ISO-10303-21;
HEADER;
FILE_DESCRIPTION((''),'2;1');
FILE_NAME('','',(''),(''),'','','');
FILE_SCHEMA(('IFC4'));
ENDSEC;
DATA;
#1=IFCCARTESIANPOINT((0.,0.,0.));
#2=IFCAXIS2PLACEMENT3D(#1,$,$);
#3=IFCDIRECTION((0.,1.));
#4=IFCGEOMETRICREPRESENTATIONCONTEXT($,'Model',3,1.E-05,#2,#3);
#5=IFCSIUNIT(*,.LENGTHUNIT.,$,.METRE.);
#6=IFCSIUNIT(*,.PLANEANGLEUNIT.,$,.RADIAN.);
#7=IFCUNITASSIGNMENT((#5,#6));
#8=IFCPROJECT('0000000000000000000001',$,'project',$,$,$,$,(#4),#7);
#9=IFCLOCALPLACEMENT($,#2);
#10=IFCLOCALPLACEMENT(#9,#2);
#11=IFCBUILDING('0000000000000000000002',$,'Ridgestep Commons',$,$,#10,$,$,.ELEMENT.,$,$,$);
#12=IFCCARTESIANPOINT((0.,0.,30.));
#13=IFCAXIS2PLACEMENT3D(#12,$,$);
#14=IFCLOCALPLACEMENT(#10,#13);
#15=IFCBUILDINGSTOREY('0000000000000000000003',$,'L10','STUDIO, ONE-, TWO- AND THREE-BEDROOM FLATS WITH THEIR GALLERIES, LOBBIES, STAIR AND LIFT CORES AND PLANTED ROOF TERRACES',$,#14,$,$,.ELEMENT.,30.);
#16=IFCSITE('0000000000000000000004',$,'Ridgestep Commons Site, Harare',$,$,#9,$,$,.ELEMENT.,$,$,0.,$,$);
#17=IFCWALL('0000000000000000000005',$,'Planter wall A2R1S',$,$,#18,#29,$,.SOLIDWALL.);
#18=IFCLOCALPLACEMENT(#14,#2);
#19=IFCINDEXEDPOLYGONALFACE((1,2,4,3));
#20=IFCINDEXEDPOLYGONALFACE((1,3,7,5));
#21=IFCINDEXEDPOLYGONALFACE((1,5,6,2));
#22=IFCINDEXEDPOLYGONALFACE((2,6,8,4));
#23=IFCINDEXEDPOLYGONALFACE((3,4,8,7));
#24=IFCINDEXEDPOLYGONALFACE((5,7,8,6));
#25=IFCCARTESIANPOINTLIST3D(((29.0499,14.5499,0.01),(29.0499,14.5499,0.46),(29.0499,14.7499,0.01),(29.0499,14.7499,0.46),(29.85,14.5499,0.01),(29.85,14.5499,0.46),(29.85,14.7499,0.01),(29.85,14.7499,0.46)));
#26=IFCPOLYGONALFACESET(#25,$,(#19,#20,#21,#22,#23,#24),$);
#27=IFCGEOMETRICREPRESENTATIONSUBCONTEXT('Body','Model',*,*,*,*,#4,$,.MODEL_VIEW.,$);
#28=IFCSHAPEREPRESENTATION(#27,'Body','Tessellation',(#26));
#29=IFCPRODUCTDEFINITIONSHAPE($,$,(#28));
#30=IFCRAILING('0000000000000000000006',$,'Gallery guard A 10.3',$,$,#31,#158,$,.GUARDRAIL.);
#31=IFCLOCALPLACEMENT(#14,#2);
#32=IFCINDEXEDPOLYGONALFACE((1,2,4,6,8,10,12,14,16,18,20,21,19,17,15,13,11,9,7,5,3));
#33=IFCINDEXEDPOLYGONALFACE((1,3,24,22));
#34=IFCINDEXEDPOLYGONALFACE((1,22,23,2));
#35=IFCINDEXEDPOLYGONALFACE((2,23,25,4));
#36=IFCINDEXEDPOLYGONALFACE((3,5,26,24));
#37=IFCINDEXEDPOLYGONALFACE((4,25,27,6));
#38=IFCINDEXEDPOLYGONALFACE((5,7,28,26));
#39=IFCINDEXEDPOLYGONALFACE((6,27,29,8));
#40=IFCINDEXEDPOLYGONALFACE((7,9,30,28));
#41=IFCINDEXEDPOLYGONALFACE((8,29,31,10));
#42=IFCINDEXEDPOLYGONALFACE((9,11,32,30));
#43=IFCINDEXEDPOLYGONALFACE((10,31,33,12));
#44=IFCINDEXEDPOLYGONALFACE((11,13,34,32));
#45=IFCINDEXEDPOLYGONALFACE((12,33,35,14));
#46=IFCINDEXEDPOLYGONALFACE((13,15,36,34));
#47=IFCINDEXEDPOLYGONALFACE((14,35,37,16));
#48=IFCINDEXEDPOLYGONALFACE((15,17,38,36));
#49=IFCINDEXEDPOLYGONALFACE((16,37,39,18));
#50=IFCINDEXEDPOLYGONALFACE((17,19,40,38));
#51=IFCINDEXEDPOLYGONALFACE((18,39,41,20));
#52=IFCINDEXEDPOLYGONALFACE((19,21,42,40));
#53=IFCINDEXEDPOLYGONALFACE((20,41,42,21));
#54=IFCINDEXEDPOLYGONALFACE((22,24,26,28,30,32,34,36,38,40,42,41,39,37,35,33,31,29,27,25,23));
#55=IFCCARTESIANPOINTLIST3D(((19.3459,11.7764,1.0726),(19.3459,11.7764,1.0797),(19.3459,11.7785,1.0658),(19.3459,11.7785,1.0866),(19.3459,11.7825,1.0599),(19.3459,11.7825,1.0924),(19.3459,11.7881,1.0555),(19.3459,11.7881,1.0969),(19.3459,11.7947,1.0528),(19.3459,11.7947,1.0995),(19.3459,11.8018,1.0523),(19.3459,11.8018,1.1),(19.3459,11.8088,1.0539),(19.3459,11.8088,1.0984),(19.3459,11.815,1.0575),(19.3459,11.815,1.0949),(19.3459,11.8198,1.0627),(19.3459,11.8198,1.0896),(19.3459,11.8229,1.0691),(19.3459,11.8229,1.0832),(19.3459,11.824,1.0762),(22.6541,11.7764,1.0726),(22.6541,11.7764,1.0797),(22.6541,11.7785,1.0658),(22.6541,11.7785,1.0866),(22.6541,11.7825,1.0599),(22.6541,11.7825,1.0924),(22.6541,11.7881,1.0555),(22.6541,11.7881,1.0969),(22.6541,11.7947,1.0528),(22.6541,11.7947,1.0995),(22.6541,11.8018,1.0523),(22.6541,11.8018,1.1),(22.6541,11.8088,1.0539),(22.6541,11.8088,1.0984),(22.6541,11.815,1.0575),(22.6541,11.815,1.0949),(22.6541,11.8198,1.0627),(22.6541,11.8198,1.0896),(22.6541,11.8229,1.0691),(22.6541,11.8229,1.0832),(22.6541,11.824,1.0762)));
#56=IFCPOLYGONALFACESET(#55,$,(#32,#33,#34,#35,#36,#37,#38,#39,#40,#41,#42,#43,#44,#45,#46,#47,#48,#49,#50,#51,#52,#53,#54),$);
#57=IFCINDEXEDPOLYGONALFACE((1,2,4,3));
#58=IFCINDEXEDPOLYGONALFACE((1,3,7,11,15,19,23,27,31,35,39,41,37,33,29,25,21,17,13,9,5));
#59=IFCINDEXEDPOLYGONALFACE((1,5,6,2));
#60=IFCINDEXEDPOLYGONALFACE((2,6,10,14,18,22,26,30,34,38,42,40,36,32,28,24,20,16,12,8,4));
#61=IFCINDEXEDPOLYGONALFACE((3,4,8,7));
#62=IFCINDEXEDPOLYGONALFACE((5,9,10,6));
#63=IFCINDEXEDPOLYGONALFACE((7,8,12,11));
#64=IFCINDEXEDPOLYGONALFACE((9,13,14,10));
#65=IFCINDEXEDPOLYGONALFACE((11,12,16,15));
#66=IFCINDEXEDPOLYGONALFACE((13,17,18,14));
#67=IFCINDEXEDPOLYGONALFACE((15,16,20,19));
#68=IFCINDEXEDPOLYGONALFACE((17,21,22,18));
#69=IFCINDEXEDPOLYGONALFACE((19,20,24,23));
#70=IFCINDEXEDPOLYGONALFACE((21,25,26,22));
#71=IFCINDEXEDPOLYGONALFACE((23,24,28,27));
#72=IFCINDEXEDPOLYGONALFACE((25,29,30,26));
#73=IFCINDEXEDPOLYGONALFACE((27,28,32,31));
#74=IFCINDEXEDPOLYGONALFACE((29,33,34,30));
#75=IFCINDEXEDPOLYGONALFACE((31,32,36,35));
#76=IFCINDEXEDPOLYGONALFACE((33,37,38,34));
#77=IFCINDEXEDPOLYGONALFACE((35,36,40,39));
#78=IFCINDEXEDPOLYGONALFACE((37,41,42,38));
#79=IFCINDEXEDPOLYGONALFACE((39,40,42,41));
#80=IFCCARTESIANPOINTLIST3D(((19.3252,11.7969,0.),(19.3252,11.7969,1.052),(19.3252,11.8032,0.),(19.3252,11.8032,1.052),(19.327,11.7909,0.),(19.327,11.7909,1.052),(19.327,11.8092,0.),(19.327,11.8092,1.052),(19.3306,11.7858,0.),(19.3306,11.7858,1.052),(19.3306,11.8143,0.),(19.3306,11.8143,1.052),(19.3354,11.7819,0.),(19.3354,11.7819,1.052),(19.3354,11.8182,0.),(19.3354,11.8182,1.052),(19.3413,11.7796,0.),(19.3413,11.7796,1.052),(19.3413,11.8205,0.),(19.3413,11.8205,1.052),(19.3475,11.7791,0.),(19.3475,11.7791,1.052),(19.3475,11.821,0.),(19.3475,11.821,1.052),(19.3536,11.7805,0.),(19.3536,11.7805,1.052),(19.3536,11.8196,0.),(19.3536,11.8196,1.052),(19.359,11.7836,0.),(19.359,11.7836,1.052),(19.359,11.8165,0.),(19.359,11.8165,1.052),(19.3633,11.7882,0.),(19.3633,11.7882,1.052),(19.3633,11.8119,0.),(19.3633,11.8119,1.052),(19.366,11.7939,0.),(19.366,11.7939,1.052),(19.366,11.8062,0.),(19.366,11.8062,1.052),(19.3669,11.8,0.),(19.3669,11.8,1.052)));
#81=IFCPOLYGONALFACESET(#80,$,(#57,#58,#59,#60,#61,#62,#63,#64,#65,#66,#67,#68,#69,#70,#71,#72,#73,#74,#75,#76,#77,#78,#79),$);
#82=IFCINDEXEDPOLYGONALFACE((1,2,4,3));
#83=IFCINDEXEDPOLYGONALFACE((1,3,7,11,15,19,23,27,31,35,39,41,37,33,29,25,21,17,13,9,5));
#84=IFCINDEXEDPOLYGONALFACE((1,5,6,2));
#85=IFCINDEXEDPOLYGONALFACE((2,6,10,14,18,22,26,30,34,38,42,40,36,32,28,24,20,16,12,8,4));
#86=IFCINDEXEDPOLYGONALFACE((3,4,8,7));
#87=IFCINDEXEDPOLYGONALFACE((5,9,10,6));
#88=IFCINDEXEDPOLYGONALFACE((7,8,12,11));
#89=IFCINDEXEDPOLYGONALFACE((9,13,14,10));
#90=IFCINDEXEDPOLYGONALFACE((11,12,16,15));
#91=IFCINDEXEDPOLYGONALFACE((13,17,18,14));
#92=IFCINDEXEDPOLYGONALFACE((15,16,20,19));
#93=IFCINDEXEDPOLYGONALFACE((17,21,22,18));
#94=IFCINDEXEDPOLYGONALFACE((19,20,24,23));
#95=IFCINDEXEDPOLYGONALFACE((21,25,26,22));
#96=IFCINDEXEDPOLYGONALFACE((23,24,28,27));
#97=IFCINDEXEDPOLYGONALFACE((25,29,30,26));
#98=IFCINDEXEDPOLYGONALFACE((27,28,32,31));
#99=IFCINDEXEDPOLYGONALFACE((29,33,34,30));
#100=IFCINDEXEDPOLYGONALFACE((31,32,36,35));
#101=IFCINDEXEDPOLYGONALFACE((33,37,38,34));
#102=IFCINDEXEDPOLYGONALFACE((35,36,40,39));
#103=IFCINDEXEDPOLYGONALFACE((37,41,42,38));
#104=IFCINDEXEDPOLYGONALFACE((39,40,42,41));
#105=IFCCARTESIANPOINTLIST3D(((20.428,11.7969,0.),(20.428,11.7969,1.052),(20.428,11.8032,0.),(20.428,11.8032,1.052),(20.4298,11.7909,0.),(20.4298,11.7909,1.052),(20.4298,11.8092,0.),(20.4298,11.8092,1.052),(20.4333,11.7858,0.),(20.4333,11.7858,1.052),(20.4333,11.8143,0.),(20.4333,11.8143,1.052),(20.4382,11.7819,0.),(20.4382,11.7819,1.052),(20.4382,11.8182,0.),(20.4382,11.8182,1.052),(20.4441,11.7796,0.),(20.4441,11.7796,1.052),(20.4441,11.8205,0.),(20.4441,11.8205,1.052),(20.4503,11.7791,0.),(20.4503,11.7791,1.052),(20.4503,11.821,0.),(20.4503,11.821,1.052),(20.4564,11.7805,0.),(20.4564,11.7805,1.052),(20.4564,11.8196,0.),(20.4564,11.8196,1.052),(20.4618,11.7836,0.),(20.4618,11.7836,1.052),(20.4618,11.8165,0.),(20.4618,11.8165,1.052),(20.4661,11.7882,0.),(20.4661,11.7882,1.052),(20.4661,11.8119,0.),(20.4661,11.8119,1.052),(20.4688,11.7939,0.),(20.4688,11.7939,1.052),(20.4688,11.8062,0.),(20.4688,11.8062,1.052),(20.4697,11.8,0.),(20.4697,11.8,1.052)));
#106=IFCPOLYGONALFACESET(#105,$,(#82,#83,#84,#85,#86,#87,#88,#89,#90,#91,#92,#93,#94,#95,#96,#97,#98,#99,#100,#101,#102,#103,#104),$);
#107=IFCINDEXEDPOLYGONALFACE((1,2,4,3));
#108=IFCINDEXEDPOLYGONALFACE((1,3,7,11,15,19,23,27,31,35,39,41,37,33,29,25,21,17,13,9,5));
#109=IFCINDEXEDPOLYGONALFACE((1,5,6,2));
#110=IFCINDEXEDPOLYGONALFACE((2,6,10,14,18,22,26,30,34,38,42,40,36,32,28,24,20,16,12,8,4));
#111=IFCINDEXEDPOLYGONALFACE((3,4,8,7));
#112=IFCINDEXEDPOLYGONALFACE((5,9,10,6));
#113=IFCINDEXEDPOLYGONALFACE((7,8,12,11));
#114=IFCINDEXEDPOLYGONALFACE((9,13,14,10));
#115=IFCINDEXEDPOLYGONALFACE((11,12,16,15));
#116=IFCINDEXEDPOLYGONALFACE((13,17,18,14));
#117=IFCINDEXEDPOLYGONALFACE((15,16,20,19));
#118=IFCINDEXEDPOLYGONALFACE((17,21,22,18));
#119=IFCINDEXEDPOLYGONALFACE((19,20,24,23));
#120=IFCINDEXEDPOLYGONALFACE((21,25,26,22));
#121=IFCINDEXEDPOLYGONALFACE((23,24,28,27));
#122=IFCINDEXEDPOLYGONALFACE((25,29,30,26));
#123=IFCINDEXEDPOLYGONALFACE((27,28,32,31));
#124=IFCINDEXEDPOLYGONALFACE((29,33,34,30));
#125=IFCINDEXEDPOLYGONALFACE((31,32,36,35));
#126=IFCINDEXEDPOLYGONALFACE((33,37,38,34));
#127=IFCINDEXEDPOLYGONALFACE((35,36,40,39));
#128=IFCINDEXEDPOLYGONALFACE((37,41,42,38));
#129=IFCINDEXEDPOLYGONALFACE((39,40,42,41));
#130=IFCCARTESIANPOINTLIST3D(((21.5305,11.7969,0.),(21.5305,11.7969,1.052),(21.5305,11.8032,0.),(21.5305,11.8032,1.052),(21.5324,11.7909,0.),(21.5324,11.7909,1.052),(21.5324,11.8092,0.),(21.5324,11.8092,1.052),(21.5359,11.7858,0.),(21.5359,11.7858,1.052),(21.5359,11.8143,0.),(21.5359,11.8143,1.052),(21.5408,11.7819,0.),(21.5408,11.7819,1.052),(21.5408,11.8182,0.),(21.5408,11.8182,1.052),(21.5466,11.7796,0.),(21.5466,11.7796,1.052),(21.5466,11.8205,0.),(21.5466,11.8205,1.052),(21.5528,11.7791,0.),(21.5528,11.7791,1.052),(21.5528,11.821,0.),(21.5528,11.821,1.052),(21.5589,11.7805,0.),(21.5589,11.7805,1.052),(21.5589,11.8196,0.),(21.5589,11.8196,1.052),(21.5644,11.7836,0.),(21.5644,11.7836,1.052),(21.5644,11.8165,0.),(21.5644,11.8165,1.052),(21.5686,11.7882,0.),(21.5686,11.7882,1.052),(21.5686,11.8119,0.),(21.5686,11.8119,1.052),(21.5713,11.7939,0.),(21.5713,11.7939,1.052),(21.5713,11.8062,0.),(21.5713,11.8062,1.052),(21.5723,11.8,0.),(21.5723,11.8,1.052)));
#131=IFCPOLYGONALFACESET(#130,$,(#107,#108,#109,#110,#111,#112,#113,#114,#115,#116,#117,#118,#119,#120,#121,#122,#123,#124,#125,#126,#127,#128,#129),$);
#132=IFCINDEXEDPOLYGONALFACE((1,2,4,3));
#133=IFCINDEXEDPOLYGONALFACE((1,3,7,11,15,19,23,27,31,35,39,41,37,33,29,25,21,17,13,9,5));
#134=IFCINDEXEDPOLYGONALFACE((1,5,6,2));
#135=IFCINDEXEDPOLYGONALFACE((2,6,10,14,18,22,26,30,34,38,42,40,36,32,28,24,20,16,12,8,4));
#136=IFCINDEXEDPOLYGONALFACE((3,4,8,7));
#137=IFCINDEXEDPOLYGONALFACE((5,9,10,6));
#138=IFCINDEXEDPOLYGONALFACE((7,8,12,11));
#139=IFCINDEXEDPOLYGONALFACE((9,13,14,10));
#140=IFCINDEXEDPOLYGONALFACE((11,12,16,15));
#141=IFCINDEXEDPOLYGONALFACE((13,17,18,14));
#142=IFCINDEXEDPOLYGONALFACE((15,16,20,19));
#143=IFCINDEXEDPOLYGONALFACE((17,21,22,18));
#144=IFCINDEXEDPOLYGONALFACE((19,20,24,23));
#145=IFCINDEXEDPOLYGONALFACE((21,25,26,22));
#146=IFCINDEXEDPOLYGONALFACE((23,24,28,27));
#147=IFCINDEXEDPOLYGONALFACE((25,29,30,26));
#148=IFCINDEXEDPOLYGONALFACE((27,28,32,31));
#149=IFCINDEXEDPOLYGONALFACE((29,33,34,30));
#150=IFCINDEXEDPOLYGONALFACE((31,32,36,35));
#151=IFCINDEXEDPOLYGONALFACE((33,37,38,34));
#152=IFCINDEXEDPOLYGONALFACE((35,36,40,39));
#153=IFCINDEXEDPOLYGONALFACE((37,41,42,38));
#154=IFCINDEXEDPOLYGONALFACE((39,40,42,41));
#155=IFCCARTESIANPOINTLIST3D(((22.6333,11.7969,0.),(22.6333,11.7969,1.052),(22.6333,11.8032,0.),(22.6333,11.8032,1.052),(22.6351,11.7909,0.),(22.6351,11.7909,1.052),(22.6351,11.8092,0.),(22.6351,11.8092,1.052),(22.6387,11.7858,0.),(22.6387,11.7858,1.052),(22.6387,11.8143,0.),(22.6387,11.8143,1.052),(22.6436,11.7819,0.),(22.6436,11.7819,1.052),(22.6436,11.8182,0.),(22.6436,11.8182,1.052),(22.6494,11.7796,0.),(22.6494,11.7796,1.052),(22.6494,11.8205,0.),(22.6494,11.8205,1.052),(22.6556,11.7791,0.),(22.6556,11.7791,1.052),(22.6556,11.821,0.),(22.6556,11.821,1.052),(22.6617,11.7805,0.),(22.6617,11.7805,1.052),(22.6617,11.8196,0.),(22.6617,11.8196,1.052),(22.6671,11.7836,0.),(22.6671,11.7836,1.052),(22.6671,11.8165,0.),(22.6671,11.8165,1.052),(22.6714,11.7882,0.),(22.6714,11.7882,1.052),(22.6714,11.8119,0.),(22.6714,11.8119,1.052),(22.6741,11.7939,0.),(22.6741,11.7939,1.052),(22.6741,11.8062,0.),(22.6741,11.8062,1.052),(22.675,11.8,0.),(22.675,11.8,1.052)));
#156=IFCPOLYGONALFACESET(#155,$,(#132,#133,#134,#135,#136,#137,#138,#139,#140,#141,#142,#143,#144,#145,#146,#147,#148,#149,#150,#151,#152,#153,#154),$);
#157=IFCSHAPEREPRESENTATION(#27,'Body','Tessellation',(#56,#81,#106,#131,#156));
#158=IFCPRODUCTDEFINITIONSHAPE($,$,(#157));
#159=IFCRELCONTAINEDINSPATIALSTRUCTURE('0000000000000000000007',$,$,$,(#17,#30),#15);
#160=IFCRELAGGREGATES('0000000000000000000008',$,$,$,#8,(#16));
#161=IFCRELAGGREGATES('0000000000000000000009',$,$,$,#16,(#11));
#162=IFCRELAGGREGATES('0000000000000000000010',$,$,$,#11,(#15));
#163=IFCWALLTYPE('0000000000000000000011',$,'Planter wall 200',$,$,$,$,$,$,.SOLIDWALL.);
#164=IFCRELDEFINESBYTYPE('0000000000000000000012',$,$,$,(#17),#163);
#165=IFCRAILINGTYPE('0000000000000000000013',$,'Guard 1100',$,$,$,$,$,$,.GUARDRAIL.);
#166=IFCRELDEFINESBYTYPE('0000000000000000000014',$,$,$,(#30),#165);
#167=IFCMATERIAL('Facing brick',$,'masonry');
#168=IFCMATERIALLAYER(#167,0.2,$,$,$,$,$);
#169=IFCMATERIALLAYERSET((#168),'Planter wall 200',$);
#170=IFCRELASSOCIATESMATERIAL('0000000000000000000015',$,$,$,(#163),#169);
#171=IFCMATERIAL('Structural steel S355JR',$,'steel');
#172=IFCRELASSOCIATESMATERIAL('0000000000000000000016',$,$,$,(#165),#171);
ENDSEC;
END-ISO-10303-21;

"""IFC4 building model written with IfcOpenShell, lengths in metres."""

from ifc_helpers import new_model, si_unit, direction, frame, frame_2d, origin, origin_2d, place, context, subcontext, project, spatial, rectangle, circle, extrude, material, layer, layer_set, type_object, element, save


model = new_model("IFC4")

# Units and contexts
model_context = context("Model", 3, precision=1e-05, world=origin(), true_north=direction((0.0, 1.0)))
body_context = subcontext(model_context, "Body", "Model", "MODEL_VIEW")
ifc_project = project(units=[si_unit("LENGTHUNIT", "METRE"), si_unit("PLANEANGLEUNIT", "RADIAN")], contexts=[model_context])

# Site, building, storey
site_placement = place(None, origin())
site = spatial("IfcSite", under=ifc_project, at=site_placement, Name="Ridgestep Commons Site, Harare", CompositionType="ELEMENT", RefElevation=0.0)
building_placement = place(site_placement, origin())
building = spatial("IfcBuilding", under=site, at=building_placement, Name="Ridgestep Commons", CompositionType="ELEMENT")
storey_placement = place(building_placement, frame((0.0, 0.0, 30.0)))
storey = spatial("IfcBuildingStorey", under=building, at=storey_placement, Name="L10", Description="STUDIO, ONE-, TWO- AND THREE-BEDROOM FLATS WITH THEIR GALLERIES, LOBBIES, STAIR AND LIFT CORES AND PLANTED ROOF TERRACES", CompositionType="ELEMENT", Elevation=30.0)

# Wall
ifc_material_1 = material(Name="Facing brick", Category="masonry")
ifc_layer_1 = layer(ifc_material_1, 0.2)
ifc_layer_set_1 = layer_set([ifc_layer_1], Name="Planter wall 200")
wall_type_1 = type_object("IfcWallType", Name="Planter wall 200", PredefinedType="SOLIDWALL", material=ifc_layer_set_1)
wall_1_placement = place(storey_placement, frame((29.05, 14.6499, 0.01), z_axis=(0.0, 0.0, 1.0), x_axis=(1.0, 0.0, 0.0)))
element("IfcWall", 1, at=wall_1_placement, inside=storey, type_object=wall_type_1, Name="Planter wall A2R1S", PredefinedType="SOLIDWALL", context=body_context, shape_type="SweptSolid", body=[
    extrude(rectangle(XDim=0.8, YDim=0.2, at=frame_2d((0.3999, 0.0))), origin(), (0.0, 0.0, 1.0), 0.45),
])

# Railing
ifc_material_2 = material(Name="Structural steel S355JR", Category="steel")
railing_type = type_object("IfcRailingType", Name="Guard 1100", PredefinedType="GUARDRAIL", material=ifc_material_2)
railing_1_placement = place(storey_placement, frame((19.3459, 11.8, 0.0)))
element("IfcRailing", 2, at=railing_1_placement, inside=storey, type_object=railing_type, Name="Gallery guard A 10.3", PredefinedType="GUARDRAIL", context=body_context, shape_type="SweptSolid", body=[
    extrude(circle(Radius=0.0239, at=origin_2d()), frame((0.0, 0.0, 1.0762), z_axis=(1.0, 0.0, 0.0), x_axis=(0.0, 1.0, 0.0)), (0.0, 0.0, 1.0), 3.3081),
    extrude(circle(Radius=0.021, at=origin_2d()), origin(), (0.0, 0.0, 1.0), 1.052),
    extrude(circle(Radius=0.021, at=origin_2d()), frame((1.1028, 0.0, 0.0)), (0.0, 0.0, 1.0), 1.052),
    extrude(circle(Radius=0.021, at=origin_2d()), frame((2.2053, 0.0, 0.0)), (0.0, 0.0, 1.0), 1.052),
    extrude(circle(Radius=0.021, at=origin_2d()), frame((3.3081, 0.0, 0.0)), (0.0, 0.0, 1.0), 1.052),
])

save(model, "model.ifc")
